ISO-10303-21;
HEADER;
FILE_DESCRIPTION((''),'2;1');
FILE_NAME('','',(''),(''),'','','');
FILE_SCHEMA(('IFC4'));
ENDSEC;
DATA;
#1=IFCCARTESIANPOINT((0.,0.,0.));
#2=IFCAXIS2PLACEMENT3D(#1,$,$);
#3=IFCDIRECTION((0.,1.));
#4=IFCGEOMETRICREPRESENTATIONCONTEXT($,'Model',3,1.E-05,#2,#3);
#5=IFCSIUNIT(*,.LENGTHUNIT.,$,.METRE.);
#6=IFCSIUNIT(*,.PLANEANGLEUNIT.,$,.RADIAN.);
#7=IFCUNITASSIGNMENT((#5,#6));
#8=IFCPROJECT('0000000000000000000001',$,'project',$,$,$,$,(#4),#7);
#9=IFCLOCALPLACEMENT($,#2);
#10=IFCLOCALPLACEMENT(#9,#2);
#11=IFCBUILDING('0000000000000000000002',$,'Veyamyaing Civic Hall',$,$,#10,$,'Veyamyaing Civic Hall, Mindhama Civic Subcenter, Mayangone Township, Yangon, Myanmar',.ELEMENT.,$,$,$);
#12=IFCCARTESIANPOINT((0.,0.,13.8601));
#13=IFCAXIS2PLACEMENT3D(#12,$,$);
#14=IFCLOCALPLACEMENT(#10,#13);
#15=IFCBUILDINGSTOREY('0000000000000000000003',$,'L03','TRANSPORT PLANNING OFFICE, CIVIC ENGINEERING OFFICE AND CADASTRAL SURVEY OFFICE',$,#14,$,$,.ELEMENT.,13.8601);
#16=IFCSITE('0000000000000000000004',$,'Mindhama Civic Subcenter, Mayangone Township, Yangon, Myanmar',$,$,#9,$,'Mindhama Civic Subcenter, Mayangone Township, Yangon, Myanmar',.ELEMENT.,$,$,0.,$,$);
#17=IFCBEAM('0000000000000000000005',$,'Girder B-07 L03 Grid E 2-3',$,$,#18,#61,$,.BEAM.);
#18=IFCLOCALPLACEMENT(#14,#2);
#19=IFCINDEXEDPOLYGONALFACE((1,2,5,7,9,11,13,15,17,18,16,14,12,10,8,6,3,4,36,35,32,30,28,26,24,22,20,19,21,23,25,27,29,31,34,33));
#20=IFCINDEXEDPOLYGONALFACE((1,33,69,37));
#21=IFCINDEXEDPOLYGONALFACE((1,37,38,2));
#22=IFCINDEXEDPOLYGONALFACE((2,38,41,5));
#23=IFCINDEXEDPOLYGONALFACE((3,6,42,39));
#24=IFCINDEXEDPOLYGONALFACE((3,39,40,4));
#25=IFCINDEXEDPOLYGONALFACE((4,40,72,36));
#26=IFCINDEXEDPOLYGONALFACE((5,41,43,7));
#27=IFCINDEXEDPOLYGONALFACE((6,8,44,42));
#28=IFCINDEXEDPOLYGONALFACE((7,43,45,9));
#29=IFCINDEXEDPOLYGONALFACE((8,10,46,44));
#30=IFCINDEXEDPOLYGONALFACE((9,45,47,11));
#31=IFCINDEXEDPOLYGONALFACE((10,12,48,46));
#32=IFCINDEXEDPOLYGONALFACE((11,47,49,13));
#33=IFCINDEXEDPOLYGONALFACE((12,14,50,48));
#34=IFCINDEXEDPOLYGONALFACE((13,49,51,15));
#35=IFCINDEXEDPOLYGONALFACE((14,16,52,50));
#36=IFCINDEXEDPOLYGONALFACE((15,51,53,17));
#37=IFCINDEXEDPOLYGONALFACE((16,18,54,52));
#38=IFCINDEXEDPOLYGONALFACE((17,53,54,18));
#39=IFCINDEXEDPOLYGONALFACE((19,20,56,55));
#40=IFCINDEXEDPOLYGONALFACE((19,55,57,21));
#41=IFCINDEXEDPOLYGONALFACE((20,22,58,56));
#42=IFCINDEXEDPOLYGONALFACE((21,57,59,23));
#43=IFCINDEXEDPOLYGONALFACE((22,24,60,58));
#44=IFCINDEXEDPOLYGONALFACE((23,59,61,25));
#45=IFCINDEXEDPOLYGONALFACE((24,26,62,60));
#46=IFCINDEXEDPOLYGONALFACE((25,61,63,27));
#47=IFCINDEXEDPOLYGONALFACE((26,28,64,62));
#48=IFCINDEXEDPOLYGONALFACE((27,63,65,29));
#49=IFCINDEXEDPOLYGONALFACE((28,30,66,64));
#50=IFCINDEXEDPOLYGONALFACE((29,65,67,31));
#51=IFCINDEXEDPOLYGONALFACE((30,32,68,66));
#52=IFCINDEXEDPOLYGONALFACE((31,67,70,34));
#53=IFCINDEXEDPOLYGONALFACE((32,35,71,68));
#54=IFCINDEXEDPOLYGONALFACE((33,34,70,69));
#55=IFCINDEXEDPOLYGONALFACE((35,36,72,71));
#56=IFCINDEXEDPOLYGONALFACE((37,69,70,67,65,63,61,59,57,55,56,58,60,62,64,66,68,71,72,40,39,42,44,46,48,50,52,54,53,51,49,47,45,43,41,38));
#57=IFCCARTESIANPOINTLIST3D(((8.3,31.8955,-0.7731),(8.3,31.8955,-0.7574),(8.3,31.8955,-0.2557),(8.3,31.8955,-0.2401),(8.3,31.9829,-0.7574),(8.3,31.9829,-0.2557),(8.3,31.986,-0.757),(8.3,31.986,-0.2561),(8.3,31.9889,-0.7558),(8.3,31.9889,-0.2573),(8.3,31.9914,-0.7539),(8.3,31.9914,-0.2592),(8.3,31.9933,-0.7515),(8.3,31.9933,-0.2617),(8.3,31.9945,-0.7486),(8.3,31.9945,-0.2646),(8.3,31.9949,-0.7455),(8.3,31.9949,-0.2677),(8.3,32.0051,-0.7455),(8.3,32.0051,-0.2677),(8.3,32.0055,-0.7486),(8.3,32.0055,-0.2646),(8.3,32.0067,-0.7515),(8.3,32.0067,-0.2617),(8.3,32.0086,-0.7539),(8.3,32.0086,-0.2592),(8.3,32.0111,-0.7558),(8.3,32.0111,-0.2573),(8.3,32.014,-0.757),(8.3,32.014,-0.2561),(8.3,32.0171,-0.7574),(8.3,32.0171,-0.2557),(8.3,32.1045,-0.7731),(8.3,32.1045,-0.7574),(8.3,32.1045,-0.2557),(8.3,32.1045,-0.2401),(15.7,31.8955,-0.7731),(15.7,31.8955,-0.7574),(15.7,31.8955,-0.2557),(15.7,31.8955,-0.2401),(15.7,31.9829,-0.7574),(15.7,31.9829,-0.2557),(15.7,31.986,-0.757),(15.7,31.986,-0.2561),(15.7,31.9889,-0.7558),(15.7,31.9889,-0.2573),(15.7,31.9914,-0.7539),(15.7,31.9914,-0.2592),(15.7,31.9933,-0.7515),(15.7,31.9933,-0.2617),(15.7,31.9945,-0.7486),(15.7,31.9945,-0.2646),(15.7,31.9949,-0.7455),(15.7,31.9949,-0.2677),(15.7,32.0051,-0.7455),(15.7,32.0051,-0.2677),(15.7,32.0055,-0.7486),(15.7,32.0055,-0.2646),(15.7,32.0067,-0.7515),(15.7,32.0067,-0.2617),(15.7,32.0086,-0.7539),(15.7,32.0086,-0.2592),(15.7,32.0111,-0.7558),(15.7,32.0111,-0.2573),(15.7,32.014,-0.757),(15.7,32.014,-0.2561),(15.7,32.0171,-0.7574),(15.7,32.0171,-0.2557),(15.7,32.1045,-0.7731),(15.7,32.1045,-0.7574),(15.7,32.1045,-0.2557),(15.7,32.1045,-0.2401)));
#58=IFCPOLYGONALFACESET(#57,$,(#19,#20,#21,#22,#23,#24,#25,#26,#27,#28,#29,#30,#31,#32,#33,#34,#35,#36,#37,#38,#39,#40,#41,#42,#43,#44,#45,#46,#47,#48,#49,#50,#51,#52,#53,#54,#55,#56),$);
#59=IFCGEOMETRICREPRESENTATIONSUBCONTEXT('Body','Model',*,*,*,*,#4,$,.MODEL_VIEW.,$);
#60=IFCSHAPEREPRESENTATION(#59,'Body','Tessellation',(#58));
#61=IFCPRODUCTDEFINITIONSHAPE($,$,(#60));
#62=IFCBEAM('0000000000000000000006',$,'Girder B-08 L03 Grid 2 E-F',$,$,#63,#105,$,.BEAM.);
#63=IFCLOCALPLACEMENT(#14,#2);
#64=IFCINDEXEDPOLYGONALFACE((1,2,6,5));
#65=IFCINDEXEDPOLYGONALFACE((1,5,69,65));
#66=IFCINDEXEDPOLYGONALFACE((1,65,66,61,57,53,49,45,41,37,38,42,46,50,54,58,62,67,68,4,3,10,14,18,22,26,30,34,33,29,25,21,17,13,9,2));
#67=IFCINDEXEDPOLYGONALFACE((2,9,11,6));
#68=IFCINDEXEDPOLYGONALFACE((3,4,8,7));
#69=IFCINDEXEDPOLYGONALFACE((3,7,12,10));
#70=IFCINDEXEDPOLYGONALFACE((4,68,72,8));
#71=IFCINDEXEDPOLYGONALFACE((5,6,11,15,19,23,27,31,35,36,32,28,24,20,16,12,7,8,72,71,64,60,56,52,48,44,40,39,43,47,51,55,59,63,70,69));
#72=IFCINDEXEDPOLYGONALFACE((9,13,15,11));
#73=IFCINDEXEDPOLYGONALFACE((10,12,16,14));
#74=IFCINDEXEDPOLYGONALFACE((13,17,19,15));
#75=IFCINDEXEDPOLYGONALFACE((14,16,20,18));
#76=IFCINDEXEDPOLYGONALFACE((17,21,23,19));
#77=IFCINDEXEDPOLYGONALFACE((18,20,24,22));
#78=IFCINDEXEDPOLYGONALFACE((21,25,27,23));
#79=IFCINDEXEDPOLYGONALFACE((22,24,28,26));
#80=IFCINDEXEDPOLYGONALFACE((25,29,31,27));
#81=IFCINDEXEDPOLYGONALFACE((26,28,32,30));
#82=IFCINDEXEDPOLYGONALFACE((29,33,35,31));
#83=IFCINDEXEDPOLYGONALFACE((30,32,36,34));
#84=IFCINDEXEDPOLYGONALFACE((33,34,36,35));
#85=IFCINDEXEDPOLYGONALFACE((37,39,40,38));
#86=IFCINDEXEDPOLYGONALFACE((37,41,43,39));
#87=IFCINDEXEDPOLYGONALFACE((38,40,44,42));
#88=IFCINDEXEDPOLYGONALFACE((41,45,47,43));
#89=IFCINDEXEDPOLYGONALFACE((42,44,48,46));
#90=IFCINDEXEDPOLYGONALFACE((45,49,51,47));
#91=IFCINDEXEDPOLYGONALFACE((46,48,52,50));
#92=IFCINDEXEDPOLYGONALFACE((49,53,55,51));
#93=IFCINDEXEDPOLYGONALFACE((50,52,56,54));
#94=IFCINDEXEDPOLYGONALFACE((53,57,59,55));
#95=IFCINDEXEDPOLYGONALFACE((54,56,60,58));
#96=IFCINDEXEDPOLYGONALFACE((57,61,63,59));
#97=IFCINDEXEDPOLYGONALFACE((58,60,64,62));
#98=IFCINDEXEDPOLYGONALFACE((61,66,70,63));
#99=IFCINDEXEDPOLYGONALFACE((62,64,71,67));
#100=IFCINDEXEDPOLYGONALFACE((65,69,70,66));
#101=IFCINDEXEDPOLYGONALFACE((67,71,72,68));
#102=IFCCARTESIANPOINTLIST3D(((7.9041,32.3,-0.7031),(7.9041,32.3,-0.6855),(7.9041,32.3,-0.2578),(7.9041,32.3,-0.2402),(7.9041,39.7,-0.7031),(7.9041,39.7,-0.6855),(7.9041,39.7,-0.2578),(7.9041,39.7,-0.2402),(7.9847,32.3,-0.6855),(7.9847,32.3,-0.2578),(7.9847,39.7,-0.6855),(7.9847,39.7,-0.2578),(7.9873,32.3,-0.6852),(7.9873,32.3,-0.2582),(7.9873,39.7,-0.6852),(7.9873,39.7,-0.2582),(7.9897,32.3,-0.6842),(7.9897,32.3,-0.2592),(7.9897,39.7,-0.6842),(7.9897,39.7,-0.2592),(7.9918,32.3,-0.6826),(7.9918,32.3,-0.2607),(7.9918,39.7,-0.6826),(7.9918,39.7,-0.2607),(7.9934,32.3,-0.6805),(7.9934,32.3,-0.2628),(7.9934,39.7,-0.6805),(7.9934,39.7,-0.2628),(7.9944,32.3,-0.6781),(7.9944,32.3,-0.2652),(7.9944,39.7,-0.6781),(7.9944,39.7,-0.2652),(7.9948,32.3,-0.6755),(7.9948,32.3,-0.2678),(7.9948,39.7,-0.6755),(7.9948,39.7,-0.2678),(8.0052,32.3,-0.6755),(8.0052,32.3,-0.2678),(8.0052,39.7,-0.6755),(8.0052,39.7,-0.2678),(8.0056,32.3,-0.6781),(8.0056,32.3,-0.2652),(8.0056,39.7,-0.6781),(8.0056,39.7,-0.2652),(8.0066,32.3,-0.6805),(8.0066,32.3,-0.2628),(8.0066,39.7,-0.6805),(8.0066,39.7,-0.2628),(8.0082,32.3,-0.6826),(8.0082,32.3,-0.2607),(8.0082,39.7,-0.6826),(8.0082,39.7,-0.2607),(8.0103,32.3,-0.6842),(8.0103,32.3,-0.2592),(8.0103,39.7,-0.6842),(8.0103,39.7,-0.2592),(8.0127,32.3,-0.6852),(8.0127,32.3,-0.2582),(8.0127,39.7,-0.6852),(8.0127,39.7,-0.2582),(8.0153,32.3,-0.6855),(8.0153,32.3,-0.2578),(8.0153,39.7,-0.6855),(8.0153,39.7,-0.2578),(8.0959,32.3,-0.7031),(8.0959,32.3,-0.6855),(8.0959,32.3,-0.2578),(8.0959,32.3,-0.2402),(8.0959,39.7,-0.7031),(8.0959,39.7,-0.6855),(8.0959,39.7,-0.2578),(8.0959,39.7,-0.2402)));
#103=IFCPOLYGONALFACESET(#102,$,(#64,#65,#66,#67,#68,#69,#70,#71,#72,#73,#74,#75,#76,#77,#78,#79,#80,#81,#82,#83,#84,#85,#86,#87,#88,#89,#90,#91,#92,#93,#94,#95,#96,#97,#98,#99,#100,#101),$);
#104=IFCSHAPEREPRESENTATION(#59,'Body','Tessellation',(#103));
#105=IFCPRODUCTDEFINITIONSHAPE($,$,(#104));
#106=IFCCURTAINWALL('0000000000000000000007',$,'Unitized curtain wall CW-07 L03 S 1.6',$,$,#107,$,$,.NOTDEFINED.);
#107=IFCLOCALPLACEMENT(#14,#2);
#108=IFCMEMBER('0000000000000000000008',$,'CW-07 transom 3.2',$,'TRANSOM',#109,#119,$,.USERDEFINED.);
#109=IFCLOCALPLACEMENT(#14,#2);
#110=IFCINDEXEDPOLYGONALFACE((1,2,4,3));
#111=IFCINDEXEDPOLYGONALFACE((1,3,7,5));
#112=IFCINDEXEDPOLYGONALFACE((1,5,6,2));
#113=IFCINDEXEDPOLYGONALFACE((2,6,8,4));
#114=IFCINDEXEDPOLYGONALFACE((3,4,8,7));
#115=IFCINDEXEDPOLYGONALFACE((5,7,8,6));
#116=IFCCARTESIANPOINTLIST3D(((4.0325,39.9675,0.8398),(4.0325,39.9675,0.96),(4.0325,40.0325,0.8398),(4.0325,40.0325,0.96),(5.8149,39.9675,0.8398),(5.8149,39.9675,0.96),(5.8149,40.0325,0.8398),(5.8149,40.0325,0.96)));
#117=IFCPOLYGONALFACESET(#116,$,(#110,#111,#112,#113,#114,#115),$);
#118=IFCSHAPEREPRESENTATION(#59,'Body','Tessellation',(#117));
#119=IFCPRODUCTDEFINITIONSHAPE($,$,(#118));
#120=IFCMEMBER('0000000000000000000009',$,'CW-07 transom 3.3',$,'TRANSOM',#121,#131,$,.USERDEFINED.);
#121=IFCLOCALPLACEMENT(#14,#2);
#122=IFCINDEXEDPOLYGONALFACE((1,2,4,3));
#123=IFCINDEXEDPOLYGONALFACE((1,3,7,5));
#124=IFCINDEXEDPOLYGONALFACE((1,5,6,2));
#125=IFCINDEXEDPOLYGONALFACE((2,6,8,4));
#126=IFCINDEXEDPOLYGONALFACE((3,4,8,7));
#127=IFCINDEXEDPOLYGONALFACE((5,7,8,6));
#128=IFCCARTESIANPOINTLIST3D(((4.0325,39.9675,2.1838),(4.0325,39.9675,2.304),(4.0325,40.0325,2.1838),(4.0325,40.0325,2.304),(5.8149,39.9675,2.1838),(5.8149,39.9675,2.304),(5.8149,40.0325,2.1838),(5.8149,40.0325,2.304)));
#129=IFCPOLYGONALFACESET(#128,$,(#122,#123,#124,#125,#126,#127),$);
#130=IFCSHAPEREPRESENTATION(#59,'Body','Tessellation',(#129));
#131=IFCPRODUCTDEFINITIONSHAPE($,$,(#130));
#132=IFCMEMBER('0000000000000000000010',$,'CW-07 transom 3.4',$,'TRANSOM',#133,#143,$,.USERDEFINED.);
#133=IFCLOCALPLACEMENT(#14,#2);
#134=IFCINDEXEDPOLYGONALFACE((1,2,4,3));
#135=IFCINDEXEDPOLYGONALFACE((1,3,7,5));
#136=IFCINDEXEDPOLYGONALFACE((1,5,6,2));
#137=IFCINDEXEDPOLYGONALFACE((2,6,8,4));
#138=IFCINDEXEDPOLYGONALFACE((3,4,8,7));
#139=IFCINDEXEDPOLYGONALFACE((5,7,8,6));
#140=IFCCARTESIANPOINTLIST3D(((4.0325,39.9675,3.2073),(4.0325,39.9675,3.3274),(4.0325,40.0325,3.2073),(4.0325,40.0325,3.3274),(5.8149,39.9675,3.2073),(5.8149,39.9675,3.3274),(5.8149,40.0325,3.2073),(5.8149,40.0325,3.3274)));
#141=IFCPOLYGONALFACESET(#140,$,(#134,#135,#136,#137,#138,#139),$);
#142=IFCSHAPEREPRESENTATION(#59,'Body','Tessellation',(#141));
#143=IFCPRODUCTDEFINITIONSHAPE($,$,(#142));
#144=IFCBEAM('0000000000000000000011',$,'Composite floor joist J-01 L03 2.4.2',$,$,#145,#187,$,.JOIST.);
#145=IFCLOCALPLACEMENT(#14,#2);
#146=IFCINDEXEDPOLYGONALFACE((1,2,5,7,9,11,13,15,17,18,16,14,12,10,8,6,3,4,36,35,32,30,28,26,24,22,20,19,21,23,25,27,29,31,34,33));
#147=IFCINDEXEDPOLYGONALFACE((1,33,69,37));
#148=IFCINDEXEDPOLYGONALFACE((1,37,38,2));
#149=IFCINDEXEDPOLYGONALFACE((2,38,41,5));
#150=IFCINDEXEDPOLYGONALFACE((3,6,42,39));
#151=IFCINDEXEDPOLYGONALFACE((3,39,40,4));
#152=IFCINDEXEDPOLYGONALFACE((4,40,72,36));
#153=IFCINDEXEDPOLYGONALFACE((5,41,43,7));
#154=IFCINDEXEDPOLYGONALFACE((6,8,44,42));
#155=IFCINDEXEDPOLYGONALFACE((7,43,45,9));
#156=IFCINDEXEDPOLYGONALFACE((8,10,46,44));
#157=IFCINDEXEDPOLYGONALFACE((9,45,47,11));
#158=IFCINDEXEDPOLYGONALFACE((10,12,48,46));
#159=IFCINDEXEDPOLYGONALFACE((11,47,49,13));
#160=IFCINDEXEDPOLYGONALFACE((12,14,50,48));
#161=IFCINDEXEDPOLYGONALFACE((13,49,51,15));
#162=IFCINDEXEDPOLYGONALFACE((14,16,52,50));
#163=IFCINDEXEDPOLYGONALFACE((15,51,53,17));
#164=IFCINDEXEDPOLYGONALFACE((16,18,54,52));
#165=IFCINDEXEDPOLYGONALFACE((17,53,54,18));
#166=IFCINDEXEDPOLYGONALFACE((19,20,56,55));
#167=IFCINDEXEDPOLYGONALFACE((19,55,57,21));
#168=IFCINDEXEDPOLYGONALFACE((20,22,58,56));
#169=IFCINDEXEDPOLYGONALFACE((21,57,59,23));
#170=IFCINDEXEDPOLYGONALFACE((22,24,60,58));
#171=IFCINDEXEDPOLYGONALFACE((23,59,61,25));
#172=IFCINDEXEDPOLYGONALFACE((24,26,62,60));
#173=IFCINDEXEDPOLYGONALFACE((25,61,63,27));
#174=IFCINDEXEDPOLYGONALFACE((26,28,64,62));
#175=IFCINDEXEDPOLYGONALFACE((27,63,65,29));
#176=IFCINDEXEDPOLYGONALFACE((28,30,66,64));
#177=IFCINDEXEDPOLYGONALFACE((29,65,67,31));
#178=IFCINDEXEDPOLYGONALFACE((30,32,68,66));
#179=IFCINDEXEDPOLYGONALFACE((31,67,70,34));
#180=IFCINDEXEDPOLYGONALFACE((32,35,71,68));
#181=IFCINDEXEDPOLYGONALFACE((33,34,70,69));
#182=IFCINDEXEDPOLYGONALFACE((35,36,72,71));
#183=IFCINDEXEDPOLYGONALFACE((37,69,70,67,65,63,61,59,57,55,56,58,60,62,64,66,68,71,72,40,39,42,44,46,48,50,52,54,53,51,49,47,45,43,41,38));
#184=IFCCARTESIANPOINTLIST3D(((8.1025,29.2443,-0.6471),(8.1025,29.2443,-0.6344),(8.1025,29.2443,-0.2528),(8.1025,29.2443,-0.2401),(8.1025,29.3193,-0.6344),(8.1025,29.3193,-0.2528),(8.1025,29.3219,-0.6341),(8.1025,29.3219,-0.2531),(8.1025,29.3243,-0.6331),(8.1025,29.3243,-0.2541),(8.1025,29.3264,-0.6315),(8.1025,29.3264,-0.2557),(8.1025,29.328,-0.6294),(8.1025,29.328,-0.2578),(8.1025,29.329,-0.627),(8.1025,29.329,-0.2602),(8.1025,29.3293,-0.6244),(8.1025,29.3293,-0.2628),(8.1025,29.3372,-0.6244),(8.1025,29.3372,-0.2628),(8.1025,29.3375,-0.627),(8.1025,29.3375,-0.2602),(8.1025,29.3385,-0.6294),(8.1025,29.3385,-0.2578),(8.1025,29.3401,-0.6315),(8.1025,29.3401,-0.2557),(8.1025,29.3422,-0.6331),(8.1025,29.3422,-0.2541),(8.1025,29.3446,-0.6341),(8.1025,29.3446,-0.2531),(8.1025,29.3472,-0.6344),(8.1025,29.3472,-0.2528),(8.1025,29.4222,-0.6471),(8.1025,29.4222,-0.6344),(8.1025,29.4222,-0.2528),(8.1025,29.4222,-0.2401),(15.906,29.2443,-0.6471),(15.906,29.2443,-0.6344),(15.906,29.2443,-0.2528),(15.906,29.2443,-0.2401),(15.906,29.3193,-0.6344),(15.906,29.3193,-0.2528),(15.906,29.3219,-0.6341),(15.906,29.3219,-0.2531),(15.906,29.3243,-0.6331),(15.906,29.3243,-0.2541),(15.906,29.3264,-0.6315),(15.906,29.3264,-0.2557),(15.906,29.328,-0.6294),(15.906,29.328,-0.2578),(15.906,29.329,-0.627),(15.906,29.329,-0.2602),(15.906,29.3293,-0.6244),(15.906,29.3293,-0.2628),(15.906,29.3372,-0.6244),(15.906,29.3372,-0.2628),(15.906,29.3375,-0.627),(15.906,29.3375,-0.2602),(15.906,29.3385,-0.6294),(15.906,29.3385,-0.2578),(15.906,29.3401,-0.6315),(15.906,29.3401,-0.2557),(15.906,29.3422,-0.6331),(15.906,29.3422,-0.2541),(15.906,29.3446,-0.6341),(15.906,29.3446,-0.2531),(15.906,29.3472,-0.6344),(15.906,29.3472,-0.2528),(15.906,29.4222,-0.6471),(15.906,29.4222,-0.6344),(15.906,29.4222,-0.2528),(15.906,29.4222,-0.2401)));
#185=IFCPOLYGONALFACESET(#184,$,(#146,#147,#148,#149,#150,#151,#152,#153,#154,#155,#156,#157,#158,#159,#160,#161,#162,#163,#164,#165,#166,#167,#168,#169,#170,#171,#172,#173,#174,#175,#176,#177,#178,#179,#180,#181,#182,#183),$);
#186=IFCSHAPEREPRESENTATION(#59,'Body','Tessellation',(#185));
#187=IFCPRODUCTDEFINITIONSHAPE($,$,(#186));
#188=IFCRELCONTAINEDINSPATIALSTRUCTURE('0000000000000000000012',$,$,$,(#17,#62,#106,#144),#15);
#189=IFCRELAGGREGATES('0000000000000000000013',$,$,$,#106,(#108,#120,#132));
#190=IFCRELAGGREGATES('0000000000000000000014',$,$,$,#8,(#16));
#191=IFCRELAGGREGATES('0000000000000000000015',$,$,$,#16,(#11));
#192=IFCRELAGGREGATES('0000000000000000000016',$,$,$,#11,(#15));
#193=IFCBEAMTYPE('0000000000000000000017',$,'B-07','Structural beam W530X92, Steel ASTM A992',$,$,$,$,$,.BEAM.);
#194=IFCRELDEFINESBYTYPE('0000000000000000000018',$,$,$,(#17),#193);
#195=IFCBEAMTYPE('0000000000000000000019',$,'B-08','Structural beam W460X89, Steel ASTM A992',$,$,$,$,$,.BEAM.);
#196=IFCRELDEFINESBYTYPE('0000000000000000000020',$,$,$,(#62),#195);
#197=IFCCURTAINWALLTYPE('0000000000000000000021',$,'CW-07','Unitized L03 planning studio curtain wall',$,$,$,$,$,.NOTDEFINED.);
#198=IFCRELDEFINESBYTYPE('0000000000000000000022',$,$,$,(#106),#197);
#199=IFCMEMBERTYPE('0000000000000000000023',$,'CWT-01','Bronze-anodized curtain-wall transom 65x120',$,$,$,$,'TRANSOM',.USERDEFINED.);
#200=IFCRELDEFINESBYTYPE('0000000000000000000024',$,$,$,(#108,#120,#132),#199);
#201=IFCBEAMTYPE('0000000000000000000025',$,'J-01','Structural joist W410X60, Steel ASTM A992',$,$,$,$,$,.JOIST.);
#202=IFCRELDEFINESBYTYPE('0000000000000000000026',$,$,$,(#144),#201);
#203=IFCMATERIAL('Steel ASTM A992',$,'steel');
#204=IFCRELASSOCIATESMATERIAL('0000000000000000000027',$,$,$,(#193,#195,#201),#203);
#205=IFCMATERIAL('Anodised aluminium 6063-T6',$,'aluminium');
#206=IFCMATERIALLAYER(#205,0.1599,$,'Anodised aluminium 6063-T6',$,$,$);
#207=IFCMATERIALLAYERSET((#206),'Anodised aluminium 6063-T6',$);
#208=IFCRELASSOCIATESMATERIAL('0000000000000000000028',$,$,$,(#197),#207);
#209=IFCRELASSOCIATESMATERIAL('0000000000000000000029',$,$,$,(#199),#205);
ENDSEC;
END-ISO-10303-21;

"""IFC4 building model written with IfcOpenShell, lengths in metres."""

from ifc_helpers import new_model, si_unit, direction, frame, origin, origin_2d, place, context, subcontext, project, spatial, rectangle, i_section, extrude, material, layer, layer_set, material_profile, profile_set, type_object, element, aggregate, save


model = new_model("IFC4")

# Units and contexts
model_context = context("Model", 3, precision=1e-05, world=origin(), true_north=direction((0.0, 1.0)))
body_context = subcontext(model_context, "Body", "Model", "MODEL_VIEW")
ifc_project = project(units=[si_unit("LENGTHUNIT", "METRE"), si_unit("PLANEANGLEUNIT", "RADIAN")], contexts=[model_context])

# Site, building, storey
site_placement = place(None, origin())
site = spatial("IfcSite", under=ifc_project, at=site_placement, Name="Mindhama Civic Subcenter, Mayangone Township, Yangon, Myanmar", LongName="Mindhama Civic Subcenter, Mayangone Township, Yangon, Myanmar", CompositionType="ELEMENT", RefElevation=0.0)
building_placement = place(site_placement, origin())
building = spatial("IfcBuilding", under=site, at=building_placement, Name="Veyamyaing Civic Hall", LongName="Veyamyaing Civic Hall, Mindhama Civic Subcenter, Mayangone Township, Yangon, Myanmar", CompositionType="ELEMENT")
storey_placement = place(building_placement, frame((0.0, 0.0, 13.8601)))
storey = spatial("IfcBuildingStorey", under=building, at=storey_placement, Name="L03", Description="TRANSPORT PLANNING OFFICE, CIVIC ENGINEERING OFFICE AND CADASTRAL SURVEY OFFICE", CompositionType="ELEMENT", Elevation=13.8601)

# Beams
ifc_material_1 = material(Name="Steel ASTM A992", Category="steel")
ifc_material_profile_1 = material_profile(ifc_material_1, i_section(OverallWidth=0.209, OverallDepth=0.533, WebThickness=0.0103, FlangeThickness=0.0156, FilletRadius=0.012, at=origin_2d()), Name="W530X92")
ifc_profile_set_1 = profile_set([ifc_material_profile_1], Name="Steel ASTM A992")
beam_type_1 = type_object("IfcBeamType", Name="B-07", Description="Structural beam W530X92, Steel ASTM A992", PredefinedType="BEAM", material=ifc_profile_set_1)
beam_1_placement = place(storey_placement, frame((8.3, 32.0, -0.5066), z_axis=(1.0, 0.0, 0.0), x_axis=(0.0, 1.0, 0.0)))
element("IfcBeam", 1, at=beam_1_placement, inside=storey, type_object=beam_type_1, Name="Girder B-07 L03 Grid E 2-3", PredefinedType="BEAM", context=body_context, shape_type="SweptSolid", body=[
    extrude(i_section(OverallWidth=0.209, OverallDepth=0.533, WebThickness=0.0103, FlangeThickness=0.0156, FilletRadius=0.012, at=origin_2d()), origin(), (0.0, 0.0, 1.0), 7.3999),
])
ifc_material_profile_2 = material_profile(ifc_material_1, i_section(OverallWidth=0.1919, OverallDepth=0.4629, WebThickness=0.0105, FlangeThickness=0.0176, FilletRadius=0.01, at=origin_2d()), Name="W460X89")
ifc_profile_set_2 = profile_set([ifc_material_profile_2], Name="Steel ASTM A992")
beam_type_2 = type_object("IfcBeamType", Name="B-08", Description="Structural beam W460X89, Steel ASTM A992", PredefinedType="BEAM", material=ifc_profile_set_2)
beam_2_placement = place(storey_placement, frame((8.0, 32.3, -0.4717), z_axis=(0.0, 1.0, 0.0), x_axis=(-1.0, 0.0, 0.0)))
element("IfcBeam", 2, at=beam_2_placement, inside=storey, type_object=beam_type_2, Name="Girder B-08 L03 Grid 2 E-F", PredefinedType="BEAM", context=body_context, shape_type="SweptSolid", body=[
    extrude(i_section(OverallWidth=0.1919, OverallDepth=0.4629, WebThickness=0.0105, FlangeThickness=0.0176, FilletRadius=0.01, at=origin_2d()), origin(), (0.0, 0.0, 1.0), 7.3999),
])

# Curtain wall, members
ifc_material_2 = material(Name="Anodised aluminium 6063-T6", Category="aluminium")
ifc_layer_1 = layer(ifc_material_2, 0.1599, Name="Anodised aluminium 6063-T6")
ifc_layer_set_1 = layer_set([ifc_layer_1], Name="Anodised aluminium 6063-T6")
curtain_wall_type = type_object("IfcCurtainWallType", Name="CW-07", Description="Unitized L03 planning studio curtain wall", PredefinedType="NOTDEFINED", material=ifc_layer_set_1)
curtain_wall_placement = place(storey_placement, origin())
curtain_wall = element("IfcCurtainWall", 3, at=curtain_wall_placement, inside=storey, type_object=curtain_wall_type, Name="Unitized curtain wall CW-07 L03 S 1.6", PredefinedType="NOTDEFINED")
ifc_material_profile_3 = material_profile(ifc_material_2, rectangle(XDim=0.0649, YDim=0.1201, at=origin_2d()), Name="ALU-TRN-65X120")
ifc_profile_set_3 = profile_set([ifc_material_profile_3], Name="Anodised aluminium 6063-T6")
member_type_1 = type_object("IfcMemberType", Name="CWT-01", Description="Bronze-anodized curtain-wall transom 65x120", ElementType="TRANSOM", PredefinedType="USERDEFINED", material=ifc_profile_set_3)
member_1_placement = place(storey_placement, frame((4.0325, 40.0, 0.8999), z_axis=(1.0, 0.0, 0.0), x_axis=(0.0, 1.0, 0.0)))
member_1 = element("IfcMember", 4, at=member_1_placement, type_object=member_type_1, Name="CW-07 transom 3.2", ObjectType="TRANSOM", PredefinedType="USERDEFINED", context=body_context, shape_type="SweptSolid", body=[
    extrude(rectangle(XDim=0.0649, YDim=0.1201, at=origin_2d()), origin(), (0.0, 0.0, 1.0), 1.7825),
])
member_2_placement = place(storey_placement, frame((4.0325, 40.0, 2.2439), z_axis=(1.0, 0.0, 0.0), x_axis=(0.0, 1.0, 0.0)))
member_2 = element("IfcMember", 5, at=member_2_placement, type_object=member_type_1, Name="CW-07 transom 3.3", ObjectType="TRANSOM", PredefinedType="USERDEFINED", context=body_context, shape_type="SweptSolid", body=[
    extrude(rectangle(XDim=0.0649, YDim=0.1201, at=origin_2d()), origin(), (0.0, 0.0, 1.0), 1.7825),
])
member_3_placement = place(storey_placement, frame((4.0325, 40.0, 3.2673), z_axis=(1.0, 0.0, 0.0), x_axis=(0.0, 1.0, 0.0)))
member_3 = element("IfcMember", 6, at=member_3_placement, type_object=member_type_1, Name="CW-07 transom 3.4", ObjectType="TRANSOM", PredefinedType="USERDEFINED", context=body_context, shape_type="SweptSolid", body=[
    extrude(rectangle(XDim=0.0649, YDim=0.1201, at=origin_2d()), origin(), (0.0, 0.0, 1.0), 1.7825),
])

# Beam
ifc_material_profile_4 = material_profile(ifc_material_1, i_section(OverallWidth=0.178, OverallDepth=0.407, WebThickness=0.0078, FlangeThickness=0.0127, FilletRadius=0.01, at=origin_2d()), Name="W410X60")
ifc_profile_set_4 = profile_set([ifc_material_profile_4], Name="Steel ASTM A992")
beam_type_3 = type_object("IfcBeamType", Name="J-01", Description="Structural joist W410X60, Steel ASTM A992", PredefinedType="JOIST", material=ifc_profile_set_4)
beam_3_placement = place(storey_placement, frame((8.1025, 29.3333, -0.4436), z_axis=(1.0, 0.0, 0.0), x_axis=(0.0, 1.0, 0.0)))
element("IfcBeam", 7, at=beam_3_placement, inside=storey, type_object=beam_type_3, Name="Composite floor joist J-01 L03 2.4.2", PredefinedType="JOIST", context=body_context, shape_type="SweptSolid", body=[
    extrude(i_section(OverallWidth=0.178, OverallDepth=0.407, WebThickness=0.0078, FlangeThickness=0.0127, FilletRadius=0.01, at=origin_2d()), origin(), (0.0, 0.0, 1.0), 7.8035),
])

aggregate(curtain_wall, [member_1, member_2, member_3])

save(model, "model.ifc")
